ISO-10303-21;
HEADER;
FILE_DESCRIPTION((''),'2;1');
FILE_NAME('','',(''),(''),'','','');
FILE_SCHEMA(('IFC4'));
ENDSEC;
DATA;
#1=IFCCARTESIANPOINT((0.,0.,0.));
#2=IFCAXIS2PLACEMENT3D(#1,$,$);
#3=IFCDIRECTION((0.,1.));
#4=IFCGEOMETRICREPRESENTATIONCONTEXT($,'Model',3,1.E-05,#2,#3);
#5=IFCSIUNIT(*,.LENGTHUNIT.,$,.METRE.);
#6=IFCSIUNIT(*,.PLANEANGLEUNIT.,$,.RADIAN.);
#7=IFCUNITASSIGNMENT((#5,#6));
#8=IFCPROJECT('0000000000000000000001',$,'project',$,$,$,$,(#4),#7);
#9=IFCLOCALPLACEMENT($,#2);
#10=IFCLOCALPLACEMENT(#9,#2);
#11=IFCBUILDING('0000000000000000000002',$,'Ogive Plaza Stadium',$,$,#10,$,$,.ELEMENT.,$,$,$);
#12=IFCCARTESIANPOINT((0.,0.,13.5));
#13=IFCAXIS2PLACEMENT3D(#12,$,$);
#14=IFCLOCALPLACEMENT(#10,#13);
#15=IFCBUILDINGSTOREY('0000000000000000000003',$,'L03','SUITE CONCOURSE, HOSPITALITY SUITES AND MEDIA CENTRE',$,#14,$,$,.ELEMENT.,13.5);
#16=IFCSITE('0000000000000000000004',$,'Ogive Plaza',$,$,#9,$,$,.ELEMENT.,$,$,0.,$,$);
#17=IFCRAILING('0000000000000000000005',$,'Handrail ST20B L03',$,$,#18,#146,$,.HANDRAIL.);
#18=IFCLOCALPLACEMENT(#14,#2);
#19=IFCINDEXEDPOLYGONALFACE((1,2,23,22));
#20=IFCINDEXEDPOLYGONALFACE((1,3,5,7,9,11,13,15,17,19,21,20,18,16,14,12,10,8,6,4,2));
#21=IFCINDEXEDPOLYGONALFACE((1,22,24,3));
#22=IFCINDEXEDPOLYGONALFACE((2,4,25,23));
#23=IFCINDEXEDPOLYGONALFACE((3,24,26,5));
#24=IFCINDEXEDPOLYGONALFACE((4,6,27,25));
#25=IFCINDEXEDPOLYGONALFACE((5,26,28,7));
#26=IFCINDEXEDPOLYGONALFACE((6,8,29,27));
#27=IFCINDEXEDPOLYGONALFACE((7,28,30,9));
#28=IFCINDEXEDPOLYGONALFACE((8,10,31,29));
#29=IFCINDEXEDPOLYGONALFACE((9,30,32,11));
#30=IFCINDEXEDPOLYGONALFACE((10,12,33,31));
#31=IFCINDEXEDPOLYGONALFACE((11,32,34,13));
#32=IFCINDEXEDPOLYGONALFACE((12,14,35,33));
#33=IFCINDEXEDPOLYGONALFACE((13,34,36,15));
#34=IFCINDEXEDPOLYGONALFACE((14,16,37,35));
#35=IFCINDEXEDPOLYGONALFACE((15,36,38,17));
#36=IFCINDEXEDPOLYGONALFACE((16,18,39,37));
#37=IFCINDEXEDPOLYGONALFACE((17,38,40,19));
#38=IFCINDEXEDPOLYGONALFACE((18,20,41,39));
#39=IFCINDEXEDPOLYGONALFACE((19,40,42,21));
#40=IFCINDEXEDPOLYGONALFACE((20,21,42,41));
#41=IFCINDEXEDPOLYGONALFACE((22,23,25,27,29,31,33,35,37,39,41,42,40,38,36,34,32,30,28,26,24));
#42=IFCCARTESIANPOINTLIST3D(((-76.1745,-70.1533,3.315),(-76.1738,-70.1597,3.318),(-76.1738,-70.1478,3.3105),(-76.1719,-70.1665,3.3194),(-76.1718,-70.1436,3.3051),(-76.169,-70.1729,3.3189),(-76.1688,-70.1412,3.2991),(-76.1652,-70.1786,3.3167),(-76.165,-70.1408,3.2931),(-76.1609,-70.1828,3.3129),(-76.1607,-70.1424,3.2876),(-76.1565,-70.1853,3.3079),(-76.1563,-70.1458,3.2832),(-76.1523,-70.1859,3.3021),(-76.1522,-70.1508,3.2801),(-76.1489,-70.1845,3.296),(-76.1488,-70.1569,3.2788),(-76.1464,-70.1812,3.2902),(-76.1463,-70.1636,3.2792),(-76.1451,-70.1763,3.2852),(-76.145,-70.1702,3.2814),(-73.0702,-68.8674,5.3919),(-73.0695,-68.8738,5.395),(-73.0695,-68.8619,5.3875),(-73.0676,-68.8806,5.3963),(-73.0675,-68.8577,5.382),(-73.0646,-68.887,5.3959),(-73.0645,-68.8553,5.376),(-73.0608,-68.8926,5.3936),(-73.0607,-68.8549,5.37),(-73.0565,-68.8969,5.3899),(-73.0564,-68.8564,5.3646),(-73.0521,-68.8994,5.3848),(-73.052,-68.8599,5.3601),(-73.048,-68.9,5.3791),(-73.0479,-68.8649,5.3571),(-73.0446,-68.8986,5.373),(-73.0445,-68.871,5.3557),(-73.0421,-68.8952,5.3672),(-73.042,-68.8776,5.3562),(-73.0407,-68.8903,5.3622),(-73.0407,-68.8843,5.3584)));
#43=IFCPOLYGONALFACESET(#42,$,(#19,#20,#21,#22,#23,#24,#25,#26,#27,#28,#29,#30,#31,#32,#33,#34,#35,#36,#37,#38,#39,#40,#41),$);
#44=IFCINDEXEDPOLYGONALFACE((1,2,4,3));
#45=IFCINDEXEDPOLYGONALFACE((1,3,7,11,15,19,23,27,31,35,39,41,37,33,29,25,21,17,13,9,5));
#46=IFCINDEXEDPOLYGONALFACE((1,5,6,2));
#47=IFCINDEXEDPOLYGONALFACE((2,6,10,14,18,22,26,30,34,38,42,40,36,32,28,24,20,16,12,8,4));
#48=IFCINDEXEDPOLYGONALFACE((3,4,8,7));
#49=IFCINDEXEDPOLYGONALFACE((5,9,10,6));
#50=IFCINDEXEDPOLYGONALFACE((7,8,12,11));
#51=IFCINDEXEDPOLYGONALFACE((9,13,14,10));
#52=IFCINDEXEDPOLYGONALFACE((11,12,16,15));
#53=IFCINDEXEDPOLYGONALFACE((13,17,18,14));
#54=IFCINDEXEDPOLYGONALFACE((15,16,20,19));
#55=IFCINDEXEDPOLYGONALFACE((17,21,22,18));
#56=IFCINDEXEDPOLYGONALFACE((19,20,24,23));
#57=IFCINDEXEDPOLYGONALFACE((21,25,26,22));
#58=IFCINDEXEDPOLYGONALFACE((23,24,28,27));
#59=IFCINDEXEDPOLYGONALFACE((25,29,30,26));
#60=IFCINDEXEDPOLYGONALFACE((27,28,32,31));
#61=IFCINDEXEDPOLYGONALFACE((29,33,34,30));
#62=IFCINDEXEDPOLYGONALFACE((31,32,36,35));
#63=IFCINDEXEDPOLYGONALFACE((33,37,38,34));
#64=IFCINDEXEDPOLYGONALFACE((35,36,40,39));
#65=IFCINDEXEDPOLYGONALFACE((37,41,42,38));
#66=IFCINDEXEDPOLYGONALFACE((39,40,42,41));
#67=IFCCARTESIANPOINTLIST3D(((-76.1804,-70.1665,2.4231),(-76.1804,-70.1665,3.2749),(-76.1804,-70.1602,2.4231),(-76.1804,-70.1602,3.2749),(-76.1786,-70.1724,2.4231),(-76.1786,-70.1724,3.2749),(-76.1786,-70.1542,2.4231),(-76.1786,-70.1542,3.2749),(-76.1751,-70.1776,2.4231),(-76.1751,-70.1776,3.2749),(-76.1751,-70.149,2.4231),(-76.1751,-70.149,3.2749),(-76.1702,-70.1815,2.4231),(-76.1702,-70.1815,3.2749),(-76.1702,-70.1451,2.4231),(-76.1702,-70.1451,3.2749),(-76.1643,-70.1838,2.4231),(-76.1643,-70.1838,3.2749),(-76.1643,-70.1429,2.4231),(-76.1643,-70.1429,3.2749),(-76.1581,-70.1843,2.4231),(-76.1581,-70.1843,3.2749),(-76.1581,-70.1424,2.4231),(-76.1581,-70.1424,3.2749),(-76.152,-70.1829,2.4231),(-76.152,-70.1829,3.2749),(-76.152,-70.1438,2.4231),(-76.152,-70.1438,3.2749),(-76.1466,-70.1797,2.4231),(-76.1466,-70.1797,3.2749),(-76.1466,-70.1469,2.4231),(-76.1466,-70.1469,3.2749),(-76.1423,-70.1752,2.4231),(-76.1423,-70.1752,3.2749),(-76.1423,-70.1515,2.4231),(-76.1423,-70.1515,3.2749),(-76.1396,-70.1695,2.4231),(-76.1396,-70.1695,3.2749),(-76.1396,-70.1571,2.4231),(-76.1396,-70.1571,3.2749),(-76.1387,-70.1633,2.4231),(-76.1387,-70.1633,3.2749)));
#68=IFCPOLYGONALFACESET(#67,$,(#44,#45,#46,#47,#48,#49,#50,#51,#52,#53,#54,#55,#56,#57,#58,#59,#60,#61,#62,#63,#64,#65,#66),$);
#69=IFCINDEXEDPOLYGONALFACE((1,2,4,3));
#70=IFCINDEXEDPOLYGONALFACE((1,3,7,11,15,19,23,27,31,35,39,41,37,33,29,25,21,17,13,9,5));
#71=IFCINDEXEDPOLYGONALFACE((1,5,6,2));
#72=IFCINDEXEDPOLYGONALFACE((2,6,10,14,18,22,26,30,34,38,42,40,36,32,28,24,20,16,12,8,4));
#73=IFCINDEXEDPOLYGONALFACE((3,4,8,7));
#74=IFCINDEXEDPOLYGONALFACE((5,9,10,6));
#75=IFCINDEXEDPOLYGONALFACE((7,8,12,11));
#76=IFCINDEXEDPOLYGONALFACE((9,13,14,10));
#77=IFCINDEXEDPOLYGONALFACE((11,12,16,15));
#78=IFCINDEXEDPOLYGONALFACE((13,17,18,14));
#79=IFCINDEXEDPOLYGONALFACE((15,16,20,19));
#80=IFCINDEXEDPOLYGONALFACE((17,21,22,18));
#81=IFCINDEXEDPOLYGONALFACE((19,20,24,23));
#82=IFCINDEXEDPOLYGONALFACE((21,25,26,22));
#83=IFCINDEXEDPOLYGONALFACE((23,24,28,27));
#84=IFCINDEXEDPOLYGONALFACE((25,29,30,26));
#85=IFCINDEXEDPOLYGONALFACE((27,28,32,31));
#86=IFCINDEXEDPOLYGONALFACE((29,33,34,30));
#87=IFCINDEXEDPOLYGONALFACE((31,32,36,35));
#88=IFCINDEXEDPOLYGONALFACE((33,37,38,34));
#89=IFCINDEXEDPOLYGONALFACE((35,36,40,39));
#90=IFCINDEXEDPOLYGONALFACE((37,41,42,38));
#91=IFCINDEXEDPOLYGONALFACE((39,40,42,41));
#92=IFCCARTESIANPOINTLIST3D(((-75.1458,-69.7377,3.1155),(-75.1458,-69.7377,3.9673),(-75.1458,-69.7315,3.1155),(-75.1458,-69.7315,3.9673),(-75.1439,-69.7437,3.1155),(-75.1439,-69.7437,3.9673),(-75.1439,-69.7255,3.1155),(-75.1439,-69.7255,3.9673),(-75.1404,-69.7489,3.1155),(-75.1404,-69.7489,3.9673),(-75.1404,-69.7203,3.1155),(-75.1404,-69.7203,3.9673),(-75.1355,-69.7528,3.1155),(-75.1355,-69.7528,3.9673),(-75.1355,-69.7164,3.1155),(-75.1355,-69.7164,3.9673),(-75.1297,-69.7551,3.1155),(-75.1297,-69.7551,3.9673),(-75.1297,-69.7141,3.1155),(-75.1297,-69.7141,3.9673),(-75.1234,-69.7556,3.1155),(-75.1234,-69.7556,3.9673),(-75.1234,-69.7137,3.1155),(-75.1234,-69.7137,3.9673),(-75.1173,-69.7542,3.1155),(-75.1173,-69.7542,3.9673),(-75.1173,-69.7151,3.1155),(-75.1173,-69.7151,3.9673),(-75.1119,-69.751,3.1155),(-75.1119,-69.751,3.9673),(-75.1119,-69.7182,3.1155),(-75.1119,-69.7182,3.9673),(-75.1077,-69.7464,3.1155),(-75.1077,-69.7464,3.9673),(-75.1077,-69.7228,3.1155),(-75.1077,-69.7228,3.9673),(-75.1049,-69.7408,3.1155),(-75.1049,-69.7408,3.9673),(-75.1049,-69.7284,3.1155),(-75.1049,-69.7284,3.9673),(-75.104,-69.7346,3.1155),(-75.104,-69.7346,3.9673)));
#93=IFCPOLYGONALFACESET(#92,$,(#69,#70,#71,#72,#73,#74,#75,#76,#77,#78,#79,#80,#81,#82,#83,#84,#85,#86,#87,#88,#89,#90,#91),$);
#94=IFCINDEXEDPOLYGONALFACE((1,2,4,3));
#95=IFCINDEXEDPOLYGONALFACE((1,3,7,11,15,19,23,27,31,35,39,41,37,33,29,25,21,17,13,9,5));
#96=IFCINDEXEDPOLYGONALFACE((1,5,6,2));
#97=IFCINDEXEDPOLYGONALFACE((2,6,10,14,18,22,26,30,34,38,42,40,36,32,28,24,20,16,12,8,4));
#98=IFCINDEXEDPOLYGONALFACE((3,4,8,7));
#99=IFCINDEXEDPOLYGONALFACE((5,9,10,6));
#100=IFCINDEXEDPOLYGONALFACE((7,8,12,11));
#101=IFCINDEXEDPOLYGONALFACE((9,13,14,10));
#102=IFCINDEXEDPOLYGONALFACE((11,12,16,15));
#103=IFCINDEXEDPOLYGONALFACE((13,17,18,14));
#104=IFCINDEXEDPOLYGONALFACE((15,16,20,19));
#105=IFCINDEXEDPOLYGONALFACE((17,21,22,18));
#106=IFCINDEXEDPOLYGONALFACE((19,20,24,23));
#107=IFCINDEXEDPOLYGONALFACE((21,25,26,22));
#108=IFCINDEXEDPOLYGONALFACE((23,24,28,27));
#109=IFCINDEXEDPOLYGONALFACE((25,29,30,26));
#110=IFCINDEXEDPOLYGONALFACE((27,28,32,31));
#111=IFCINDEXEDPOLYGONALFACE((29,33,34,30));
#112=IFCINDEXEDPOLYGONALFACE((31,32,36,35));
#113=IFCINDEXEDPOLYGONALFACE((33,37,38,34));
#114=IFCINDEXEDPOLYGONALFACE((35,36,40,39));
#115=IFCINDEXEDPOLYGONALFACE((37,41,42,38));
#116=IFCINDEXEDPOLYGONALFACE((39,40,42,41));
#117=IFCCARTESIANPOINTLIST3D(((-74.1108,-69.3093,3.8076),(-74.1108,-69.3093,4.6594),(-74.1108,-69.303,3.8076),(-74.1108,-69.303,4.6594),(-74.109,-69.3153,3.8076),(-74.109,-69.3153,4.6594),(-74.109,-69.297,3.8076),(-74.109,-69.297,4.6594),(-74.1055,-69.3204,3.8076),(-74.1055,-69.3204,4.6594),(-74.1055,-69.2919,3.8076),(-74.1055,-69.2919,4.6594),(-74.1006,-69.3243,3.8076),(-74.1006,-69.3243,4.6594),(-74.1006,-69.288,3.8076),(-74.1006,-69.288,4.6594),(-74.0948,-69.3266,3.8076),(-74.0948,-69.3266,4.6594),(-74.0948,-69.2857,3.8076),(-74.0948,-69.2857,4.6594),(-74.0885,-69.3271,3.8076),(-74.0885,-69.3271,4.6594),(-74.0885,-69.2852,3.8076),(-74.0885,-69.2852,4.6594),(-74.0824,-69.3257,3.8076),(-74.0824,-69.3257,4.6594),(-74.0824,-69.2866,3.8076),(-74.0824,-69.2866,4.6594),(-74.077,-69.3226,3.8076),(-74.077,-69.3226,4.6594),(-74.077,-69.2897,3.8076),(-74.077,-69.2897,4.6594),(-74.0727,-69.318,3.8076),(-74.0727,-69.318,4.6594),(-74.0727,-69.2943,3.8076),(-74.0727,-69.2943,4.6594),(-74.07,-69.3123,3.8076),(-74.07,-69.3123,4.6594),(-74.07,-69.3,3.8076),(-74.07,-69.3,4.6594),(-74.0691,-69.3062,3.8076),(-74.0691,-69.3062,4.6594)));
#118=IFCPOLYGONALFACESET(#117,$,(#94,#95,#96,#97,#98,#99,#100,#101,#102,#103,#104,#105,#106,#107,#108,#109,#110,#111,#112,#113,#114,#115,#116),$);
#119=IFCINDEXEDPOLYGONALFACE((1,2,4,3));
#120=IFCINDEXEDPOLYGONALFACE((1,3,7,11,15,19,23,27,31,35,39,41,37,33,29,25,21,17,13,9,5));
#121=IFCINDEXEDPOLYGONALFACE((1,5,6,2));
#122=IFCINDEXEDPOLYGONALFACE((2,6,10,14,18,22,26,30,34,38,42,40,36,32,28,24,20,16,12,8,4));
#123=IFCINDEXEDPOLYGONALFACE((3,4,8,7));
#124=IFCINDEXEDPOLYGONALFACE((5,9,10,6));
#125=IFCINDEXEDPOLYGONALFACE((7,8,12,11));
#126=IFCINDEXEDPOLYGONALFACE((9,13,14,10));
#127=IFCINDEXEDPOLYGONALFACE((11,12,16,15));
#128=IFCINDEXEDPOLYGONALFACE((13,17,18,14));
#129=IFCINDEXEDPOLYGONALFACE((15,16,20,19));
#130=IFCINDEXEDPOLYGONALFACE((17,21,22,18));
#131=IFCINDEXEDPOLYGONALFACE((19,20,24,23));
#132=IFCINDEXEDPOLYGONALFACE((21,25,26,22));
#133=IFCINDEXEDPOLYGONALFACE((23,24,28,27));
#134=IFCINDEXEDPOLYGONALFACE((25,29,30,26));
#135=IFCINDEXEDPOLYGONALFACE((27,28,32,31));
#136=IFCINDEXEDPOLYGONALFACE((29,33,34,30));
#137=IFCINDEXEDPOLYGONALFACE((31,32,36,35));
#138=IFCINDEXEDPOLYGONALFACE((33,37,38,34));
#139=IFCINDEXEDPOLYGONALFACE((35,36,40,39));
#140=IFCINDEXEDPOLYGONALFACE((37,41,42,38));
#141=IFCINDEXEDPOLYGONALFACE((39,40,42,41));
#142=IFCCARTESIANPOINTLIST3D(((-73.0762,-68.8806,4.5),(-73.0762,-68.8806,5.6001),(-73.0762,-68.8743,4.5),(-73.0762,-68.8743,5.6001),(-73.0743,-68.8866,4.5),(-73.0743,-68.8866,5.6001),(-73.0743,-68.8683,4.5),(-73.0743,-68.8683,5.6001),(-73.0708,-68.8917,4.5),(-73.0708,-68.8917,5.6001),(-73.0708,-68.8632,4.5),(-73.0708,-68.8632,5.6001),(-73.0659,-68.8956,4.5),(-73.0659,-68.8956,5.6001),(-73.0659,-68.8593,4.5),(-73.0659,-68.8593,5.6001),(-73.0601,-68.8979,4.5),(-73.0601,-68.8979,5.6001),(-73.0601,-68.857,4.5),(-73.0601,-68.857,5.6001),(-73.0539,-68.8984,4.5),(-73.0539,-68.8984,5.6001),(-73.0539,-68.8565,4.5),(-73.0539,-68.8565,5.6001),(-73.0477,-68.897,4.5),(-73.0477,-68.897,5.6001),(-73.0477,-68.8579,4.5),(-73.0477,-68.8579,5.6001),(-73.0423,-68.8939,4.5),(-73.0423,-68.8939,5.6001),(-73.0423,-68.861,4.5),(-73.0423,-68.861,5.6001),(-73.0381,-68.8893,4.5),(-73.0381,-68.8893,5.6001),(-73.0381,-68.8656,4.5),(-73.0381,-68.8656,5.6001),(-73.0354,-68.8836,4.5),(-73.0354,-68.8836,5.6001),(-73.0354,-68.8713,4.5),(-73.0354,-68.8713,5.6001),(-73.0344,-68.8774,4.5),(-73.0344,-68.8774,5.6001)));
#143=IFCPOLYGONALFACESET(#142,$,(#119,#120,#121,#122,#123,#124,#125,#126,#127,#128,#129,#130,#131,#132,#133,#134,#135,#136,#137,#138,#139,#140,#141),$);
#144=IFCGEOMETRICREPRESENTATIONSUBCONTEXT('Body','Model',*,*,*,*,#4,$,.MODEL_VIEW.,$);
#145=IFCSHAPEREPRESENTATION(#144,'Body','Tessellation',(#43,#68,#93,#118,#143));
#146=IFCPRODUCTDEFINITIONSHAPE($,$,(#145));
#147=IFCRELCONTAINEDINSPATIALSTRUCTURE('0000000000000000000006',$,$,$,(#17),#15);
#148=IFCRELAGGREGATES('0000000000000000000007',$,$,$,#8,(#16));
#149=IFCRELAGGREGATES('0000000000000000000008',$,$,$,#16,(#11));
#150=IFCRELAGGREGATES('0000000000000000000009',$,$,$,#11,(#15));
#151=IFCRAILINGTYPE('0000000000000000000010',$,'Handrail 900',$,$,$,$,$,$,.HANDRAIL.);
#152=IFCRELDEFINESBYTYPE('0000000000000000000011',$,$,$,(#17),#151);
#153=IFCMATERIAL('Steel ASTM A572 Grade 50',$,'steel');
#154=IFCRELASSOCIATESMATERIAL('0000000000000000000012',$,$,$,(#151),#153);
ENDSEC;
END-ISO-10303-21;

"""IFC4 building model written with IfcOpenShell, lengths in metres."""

from ifc_helpers import new_model, si_unit, direction, frame, origin, origin_2d, place, context, subcontext, project, spatial, circle, extrude, material, type_object, element, save


model = new_model("IFC4")

# Units and contexts
model_context = context("Model", 3, precision=1e-05, world=origin(), true_north=direction((0.0, 1.0)))
body_context = subcontext(model_context, "Body", "Model", "MODEL_VIEW")
ifc_project = project(units=[si_unit("LENGTHUNIT", "METRE"), si_unit("PLANEANGLEUNIT", "RADIAN")], contexts=[model_context])

# Site, building, storey
site_placement = place(None, origin())
site = spatial("IfcSite", under=ifc_project, at=site_placement, Name="Ogive Plaza", CompositionType="ELEMENT", RefElevation=0.0)
building_placement = place(site_placement, origin())
building = spatial("IfcBuilding", under=site, at=building_placement, Name="Ogive Plaza Stadium", CompositionType="ELEMENT")
storey_placement = place(building_placement, frame((0.0, 0.0, 13.5)))
storey = spatial("IfcBuildingStorey", under=building, at=storey_placement, Name="L03", Description="SUITE CONCOURSE, HOSPITALITY SUITES AND MEDIA CENTRE", CompositionType="ELEMENT", Elevation=13.5)

# Railing
ifc_material_1 = material(Name="Steel ASTM A572 Grade 50", Category="steel")
railing_type_1 = type_object("IfcRailingType", Name="Handrail 900", PredefinedType="HANDRAIL", material=ifc_material_1)
for number, where, name in (
    (1, (-76.1597, -70.1633, 2.4231), "Handrail ST20B L03"),
):
    element("IfcRailing", number, at=place(storey_placement, frame(where)), inside=storey, type_object=railing_type_1, Name=name, PredefinedType="HANDRAIL", context=body_context, shape_type="SweptSolid", body=[
        extrude(circle(Radius=0.0239, at=origin_2d()), frame((0.0, 0.0, 0.876), z_axis=(0.785863, 0.325532, 0.525783), x_axis=(-0.3827, 0.923872, 0.0)), (0.0, 0.0, 1.0), 3.9502),
        extrude(circle(Radius=0.021, at=origin_2d()), origin(), (0.0, 0.0, 1.0), 0.8518),
        extrude(circle(Radius=0.021, at=origin_2d()), frame((1.0347, 0.4287, 0.6924)), (0.0, 0.0, 1.0), 0.8518),
        extrude(circle(Radius=0.021, at=origin_2d()), frame((2.0696, 0.8572, 1.3845)), (0.0, 0.0, 1.0), 0.8518),
        extrude(circle(Radius=0.021, at=origin_2d()), frame((3.1042, 1.2859, 2.0769)), (0.0, 0.0, 1.0), 1.1001),
    ])

save(model, "model.ifc")
